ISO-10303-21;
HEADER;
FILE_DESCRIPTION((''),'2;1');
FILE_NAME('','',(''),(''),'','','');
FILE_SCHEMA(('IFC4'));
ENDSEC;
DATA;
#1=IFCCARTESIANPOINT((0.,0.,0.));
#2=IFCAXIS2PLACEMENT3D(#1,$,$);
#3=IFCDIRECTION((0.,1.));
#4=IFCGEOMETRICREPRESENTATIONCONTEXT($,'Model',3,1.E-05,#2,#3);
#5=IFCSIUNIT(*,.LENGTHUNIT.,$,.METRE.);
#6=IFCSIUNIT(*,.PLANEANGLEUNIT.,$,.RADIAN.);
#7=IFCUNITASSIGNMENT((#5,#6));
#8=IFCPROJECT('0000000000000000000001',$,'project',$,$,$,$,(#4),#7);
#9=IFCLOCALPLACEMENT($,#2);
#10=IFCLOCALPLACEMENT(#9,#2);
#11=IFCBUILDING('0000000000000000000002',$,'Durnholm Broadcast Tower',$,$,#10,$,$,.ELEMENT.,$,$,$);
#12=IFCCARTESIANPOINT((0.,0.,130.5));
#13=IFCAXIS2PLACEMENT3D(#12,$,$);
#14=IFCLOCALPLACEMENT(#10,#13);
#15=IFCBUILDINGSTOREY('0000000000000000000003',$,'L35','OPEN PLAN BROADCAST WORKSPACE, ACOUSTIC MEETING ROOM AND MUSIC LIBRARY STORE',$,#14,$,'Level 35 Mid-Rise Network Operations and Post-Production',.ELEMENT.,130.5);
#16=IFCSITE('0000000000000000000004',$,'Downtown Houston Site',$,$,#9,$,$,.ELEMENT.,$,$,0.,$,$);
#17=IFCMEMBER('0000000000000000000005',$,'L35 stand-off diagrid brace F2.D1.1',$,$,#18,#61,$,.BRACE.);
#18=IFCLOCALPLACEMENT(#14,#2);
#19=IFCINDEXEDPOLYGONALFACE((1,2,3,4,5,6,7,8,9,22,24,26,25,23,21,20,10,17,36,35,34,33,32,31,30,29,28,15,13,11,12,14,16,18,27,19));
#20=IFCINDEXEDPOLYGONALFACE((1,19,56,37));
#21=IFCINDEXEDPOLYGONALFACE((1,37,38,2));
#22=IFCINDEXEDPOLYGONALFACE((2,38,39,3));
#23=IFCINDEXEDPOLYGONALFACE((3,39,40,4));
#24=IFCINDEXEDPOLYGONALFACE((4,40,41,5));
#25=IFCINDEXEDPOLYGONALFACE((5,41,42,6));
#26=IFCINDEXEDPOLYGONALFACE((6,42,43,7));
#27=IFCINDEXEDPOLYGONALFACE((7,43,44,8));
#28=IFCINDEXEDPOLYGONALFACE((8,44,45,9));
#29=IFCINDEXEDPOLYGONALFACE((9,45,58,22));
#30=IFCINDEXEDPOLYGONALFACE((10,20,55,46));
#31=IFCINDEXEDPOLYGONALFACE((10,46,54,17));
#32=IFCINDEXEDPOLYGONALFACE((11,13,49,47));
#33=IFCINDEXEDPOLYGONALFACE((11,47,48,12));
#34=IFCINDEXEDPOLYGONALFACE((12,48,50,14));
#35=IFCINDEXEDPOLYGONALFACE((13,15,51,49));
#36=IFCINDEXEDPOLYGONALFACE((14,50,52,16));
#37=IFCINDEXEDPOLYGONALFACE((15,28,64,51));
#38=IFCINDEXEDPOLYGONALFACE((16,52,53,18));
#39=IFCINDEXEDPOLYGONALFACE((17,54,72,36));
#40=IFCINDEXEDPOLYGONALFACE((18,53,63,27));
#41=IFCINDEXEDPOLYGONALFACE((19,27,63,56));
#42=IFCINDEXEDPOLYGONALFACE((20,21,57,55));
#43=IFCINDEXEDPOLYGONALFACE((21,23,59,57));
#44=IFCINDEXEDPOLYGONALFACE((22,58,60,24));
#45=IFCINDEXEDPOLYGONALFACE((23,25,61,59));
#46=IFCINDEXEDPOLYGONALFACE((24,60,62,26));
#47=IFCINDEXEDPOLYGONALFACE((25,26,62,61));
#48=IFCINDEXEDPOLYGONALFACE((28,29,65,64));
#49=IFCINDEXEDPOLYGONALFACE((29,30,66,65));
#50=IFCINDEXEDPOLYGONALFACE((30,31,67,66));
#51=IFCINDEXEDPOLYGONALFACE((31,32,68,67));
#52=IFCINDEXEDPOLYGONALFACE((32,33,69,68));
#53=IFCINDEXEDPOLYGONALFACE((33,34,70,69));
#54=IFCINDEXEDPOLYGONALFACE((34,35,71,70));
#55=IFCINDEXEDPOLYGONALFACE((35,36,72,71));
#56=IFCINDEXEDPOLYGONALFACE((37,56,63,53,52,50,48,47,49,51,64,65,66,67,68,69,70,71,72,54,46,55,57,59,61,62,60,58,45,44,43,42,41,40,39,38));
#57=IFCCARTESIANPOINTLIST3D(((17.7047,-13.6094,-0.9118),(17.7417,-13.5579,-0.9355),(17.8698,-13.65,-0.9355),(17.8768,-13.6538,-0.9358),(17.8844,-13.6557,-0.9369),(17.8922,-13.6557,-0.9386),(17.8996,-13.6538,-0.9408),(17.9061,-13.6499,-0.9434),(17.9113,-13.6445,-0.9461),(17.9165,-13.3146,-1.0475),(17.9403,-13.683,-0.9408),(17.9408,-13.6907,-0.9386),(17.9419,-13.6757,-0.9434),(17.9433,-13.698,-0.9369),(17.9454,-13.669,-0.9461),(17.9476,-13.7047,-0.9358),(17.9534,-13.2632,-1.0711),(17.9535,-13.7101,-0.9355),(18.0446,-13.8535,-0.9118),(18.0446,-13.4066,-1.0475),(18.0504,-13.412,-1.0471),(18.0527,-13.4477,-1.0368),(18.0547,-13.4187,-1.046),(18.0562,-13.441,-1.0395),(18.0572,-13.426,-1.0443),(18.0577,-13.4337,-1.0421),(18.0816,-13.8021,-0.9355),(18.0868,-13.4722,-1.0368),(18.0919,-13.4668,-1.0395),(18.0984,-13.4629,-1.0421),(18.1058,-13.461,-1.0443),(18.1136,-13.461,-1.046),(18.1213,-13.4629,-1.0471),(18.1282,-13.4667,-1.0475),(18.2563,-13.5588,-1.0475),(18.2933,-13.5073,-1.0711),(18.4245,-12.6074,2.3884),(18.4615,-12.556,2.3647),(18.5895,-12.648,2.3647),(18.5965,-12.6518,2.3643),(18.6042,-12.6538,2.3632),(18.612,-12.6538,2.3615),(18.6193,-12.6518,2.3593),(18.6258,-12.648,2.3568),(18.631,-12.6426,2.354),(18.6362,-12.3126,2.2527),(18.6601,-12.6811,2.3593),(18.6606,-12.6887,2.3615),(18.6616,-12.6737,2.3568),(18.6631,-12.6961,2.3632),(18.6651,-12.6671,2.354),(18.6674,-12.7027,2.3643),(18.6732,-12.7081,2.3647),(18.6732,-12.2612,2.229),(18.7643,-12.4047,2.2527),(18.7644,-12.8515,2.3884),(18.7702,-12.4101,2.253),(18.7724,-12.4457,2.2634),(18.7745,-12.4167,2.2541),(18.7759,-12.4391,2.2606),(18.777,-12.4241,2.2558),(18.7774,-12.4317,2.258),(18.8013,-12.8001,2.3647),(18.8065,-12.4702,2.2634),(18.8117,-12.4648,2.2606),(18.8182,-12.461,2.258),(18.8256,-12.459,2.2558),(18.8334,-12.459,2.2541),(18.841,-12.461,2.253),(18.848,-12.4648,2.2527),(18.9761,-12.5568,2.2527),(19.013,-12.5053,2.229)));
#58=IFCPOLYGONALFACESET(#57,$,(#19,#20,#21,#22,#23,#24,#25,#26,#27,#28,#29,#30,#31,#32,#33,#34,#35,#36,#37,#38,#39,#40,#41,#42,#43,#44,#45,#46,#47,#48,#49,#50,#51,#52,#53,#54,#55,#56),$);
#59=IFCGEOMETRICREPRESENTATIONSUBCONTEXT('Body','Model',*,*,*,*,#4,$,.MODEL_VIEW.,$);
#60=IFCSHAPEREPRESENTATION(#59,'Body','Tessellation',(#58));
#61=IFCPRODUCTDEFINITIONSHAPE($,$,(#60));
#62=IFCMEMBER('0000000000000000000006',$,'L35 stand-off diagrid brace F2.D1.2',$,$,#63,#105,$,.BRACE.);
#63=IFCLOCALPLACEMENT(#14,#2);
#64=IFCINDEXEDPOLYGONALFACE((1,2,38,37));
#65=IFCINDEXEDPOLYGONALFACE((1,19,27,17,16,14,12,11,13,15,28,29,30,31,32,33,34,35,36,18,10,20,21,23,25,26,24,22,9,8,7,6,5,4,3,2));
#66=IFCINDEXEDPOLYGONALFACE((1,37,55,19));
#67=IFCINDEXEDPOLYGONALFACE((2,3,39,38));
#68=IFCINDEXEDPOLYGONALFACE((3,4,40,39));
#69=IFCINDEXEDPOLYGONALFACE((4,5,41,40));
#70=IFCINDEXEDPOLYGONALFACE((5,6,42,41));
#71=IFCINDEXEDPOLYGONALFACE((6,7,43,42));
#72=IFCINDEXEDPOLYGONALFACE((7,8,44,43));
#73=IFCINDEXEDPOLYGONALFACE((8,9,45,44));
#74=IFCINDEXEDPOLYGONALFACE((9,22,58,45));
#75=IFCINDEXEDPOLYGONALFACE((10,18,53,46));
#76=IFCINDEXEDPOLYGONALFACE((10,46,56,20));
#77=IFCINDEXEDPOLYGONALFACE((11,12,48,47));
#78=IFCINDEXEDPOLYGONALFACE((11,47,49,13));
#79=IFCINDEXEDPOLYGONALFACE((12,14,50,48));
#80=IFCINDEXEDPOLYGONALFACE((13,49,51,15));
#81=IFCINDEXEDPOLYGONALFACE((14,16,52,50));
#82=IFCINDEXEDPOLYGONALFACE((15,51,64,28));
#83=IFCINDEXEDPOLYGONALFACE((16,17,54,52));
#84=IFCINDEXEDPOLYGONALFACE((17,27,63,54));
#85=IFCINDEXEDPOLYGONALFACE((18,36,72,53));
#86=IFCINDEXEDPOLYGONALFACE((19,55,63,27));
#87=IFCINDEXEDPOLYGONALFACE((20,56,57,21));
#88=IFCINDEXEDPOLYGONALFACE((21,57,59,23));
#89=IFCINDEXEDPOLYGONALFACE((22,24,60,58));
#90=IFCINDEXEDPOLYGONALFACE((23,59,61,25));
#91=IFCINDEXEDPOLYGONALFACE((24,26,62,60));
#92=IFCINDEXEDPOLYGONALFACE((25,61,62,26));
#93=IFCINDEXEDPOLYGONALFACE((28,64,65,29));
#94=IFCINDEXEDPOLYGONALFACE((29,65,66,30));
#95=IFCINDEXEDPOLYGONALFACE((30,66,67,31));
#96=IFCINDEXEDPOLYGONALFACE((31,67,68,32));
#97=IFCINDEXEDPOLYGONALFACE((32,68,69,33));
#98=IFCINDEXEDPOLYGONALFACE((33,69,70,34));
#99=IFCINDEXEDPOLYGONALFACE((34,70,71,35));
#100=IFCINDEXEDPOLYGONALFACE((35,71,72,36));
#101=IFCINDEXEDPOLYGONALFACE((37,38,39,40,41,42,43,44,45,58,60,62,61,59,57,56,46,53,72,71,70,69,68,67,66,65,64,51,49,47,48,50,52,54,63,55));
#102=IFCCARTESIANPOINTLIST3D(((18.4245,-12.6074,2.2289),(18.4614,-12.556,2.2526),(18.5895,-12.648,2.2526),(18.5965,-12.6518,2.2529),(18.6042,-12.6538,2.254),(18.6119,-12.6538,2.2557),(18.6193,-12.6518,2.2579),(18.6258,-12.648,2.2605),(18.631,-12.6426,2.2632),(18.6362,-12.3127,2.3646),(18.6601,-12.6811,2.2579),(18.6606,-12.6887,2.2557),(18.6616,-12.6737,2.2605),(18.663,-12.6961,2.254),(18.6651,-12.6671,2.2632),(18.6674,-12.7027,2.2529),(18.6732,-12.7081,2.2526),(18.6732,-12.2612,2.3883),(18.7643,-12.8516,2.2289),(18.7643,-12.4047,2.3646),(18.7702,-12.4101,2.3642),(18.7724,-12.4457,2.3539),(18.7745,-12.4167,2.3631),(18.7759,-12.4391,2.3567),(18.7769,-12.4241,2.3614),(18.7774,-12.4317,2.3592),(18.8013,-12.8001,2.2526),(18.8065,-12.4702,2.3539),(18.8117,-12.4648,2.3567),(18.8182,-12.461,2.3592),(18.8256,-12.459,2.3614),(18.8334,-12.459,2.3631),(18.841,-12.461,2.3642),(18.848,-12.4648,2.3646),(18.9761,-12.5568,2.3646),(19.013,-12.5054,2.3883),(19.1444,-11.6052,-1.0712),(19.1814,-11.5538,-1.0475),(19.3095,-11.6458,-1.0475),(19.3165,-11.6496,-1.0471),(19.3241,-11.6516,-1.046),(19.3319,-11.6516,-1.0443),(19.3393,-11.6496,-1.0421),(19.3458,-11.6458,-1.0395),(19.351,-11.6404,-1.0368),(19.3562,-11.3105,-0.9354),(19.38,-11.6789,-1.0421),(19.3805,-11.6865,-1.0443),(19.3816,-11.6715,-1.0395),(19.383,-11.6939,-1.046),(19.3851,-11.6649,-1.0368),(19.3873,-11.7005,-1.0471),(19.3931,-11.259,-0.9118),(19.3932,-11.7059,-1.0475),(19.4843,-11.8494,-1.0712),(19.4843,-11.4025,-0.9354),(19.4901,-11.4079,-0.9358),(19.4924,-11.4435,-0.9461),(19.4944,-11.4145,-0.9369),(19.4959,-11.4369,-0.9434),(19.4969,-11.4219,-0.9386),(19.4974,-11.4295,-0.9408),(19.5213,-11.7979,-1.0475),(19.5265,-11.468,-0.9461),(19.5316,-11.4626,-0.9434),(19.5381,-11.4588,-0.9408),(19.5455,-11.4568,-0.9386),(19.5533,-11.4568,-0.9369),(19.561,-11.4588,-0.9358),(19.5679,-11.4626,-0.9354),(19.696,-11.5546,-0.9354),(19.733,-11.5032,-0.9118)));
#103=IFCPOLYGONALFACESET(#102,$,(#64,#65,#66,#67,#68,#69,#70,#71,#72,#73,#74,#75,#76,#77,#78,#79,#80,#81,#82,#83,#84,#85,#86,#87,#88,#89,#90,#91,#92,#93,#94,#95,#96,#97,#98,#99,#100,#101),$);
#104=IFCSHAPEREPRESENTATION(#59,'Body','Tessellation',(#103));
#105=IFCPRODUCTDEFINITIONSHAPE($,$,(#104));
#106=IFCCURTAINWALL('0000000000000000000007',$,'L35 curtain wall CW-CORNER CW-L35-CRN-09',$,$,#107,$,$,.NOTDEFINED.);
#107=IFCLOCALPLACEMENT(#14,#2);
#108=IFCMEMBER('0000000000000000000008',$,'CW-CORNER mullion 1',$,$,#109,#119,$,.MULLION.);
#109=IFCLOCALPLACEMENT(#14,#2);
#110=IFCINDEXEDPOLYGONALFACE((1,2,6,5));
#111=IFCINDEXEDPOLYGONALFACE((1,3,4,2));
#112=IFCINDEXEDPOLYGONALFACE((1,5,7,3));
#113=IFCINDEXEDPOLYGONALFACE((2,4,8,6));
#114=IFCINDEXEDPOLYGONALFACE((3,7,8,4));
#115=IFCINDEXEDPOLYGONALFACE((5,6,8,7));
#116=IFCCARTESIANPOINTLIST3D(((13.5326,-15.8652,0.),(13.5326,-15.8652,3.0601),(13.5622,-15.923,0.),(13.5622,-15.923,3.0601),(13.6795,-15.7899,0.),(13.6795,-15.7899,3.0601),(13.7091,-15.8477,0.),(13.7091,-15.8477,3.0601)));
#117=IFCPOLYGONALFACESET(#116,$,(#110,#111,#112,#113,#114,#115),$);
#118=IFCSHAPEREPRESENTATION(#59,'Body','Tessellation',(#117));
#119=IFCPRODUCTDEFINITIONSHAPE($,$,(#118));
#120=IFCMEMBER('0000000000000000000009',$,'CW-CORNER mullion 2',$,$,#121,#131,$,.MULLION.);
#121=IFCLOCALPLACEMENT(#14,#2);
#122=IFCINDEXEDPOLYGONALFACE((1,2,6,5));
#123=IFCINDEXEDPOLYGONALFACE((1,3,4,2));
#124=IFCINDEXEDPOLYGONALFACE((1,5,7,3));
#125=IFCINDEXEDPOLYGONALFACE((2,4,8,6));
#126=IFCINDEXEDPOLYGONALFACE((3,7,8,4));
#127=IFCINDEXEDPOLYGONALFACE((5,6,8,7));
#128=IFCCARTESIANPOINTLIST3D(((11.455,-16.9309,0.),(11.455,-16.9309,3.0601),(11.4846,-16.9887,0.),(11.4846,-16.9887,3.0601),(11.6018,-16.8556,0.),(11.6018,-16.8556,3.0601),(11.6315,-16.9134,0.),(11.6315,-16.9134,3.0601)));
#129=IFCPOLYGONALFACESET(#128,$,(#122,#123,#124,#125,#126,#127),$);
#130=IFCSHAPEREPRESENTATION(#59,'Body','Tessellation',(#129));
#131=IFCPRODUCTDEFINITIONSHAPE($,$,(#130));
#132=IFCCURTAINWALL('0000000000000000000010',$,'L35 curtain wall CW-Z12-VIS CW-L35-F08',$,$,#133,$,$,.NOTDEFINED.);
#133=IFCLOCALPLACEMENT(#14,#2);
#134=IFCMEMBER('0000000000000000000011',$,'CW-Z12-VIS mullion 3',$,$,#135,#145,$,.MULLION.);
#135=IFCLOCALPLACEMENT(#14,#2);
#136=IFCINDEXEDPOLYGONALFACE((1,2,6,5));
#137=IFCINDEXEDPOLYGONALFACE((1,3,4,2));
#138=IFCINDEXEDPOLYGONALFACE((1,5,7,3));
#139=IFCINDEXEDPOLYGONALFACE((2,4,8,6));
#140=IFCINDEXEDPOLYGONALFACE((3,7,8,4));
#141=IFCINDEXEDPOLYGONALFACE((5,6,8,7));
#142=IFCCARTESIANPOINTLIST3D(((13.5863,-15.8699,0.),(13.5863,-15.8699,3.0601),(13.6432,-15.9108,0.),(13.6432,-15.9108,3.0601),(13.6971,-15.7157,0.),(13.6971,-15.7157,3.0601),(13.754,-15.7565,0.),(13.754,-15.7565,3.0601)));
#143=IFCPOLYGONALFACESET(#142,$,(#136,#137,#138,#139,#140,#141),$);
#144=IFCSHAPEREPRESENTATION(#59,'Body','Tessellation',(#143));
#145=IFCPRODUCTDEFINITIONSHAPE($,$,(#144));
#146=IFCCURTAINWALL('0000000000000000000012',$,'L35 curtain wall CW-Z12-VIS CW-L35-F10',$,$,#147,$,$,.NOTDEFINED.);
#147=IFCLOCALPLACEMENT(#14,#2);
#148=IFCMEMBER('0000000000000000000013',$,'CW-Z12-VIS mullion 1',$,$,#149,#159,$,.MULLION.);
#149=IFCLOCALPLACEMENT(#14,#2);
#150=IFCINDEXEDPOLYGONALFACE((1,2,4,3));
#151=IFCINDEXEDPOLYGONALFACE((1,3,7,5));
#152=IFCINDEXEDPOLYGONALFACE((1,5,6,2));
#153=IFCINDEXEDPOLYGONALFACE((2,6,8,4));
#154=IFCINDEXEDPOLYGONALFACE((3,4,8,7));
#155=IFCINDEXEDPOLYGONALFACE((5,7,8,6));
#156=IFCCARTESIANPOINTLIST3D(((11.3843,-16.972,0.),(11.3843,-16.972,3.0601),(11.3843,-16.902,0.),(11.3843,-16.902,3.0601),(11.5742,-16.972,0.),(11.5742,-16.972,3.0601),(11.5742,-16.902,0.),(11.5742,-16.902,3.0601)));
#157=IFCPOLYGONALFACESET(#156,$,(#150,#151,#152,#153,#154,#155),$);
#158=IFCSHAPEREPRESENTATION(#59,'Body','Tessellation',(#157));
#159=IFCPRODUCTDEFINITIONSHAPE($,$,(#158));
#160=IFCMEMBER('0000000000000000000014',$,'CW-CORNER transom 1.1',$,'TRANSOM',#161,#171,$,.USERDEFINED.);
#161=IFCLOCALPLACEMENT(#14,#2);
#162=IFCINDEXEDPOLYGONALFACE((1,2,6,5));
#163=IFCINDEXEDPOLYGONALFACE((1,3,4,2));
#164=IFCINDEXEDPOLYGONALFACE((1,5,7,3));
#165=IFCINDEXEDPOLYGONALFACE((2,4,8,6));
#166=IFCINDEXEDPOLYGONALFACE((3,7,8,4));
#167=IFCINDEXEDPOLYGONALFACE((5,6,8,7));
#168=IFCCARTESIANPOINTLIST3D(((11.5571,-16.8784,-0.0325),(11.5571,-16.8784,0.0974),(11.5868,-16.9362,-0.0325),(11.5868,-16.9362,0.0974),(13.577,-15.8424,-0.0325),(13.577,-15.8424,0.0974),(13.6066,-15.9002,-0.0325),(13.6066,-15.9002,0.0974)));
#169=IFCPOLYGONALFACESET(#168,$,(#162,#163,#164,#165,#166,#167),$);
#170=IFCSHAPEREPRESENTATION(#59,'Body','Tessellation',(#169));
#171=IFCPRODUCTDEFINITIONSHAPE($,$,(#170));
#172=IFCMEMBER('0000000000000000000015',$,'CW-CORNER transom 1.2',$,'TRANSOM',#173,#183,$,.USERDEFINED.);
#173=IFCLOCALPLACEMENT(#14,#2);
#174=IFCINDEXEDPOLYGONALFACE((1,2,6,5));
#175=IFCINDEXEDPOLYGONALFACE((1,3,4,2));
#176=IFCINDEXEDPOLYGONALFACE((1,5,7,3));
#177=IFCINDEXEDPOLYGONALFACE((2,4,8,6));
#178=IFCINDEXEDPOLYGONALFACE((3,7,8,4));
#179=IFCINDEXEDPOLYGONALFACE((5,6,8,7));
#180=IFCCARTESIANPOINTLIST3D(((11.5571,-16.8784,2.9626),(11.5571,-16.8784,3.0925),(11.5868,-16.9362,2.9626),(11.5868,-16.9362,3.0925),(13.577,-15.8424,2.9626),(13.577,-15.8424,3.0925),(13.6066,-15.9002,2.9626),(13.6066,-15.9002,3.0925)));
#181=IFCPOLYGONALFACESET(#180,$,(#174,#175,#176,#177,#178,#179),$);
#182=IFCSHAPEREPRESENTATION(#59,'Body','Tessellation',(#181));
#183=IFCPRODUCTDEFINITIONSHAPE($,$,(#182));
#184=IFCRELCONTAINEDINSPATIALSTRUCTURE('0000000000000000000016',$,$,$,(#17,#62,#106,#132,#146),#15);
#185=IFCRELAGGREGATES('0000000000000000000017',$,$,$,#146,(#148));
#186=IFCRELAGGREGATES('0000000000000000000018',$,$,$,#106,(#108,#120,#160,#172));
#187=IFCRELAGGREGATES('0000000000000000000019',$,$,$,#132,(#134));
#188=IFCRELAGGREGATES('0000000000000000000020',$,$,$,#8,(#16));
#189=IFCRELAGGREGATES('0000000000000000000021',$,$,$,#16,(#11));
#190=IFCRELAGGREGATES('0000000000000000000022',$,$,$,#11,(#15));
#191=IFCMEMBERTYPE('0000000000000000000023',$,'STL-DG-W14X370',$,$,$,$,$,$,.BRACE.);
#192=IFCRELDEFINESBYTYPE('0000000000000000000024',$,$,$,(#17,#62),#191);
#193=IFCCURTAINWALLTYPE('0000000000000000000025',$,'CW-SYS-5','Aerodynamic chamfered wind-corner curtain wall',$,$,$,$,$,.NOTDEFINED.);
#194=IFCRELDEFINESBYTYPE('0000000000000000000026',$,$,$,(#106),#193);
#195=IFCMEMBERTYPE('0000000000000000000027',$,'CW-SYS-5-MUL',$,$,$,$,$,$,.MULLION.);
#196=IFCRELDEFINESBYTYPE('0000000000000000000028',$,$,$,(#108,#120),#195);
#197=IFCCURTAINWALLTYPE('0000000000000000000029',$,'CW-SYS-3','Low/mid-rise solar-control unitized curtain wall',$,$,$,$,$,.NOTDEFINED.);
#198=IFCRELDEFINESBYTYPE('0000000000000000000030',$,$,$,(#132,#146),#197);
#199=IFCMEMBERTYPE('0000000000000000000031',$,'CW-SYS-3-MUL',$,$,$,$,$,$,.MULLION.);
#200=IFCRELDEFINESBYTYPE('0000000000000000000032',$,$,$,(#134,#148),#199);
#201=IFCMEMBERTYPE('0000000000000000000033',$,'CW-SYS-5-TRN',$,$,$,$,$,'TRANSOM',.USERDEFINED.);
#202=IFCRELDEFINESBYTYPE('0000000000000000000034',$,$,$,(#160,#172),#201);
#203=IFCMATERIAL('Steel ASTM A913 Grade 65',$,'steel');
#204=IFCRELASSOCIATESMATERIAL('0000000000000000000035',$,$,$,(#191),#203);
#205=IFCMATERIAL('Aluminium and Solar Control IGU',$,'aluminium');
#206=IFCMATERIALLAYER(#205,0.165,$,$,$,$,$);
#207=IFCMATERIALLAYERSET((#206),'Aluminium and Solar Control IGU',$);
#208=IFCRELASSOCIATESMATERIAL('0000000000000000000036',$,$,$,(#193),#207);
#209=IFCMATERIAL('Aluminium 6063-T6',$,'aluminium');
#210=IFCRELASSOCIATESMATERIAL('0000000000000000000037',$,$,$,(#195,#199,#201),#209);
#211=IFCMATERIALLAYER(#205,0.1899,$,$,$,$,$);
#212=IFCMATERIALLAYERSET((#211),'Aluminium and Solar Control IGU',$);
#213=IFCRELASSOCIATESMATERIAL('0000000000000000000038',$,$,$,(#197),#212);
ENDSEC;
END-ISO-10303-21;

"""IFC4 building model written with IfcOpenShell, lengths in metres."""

from ifc_helpers import new_model, si_unit, direction, frame, origin, origin_2d, place, context, subcontext, project, spatial, rectangle, i_section, extrude, source, transform, mapped, material, layer, layer_set, material_profile, profile_set, type_object, type_shapes, element, aggregate, save


model = new_model("IFC4")

# Units and contexts
model_context = context("Model", 3, precision=1e-05, world=origin(), true_north=direction((0.0, 1.0)))
body_context = subcontext(model_context, "Body", "Model", "MODEL_VIEW")
ifc_project = project(units=[si_unit("LENGTHUNIT", "METRE"), si_unit("PLANEANGLEUNIT", "RADIAN")], contexts=[model_context])

# Site, building, storey
site_placement = place(None, origin())
site = spatial("IfcSite", under=ifc_project, at=site_placement, Name="Downtown Houston Site", CompositionType="ELEMENT", RefElevation=0.0)
building_placement = place(site_placement, origin())
building = spatial("IfcBuilding", under=site, at=building_placement, Name="Durnholm Broadcast Tower", CompositionType="ELEMENT")
storey_placement = place(building_placement, frame((0.0, 0.0, 130.5)))
storey = spatial("IfcBuildingStorey", under=building, at=storey_placement, Name="L35", Description="OPEN PLAN BROADCAST WORKSPACE, ACOUSTIC MEETING ROOM AND MUSIC LIBRARY STORE", LongName="Level 35 Mid-Rise Network Operations and Post-Production", CompositionType="ELEMENT", Elevation=130.5)

# Members
ifc_material_1 = material(Name="Steel ASTM A913 Grade 65", Category="steel")
ifc_material_profile_1 = material_profile(ifc_material_1, i_section(OverallWidth=0.4185, OverallDepth=0.4551, WebThickness=0.042, FlangeThickness=0.0676, FilletRadius=0.0305, at=origin_2d()), Name="W14X370")
ifc_profile_set_1 = profile_set([ifc_material_profile_1], Name="Steel ASTM A913 Grade 65")
member_type_1 = type_object("IfcMemberType", Name="STL-DG-W14X370", PredefinedType="BRACE", material=ifc_profile_set_1)
shared_shape_1 = source(origin(), body_context, "Body", "SweptSolid", [
    extrude(i_section(OverallWidth=0.4185, OverallDepth=0.4551, WebThickness=0.042, FlangeThickness=0.0676, FilletRadius=0.0305, at=origin_2d()), origin(), (0.0, 0.0, 1.0), 3.5232),
])
type_shapes(member_type_1, [shared_shape_1])
for number, where, z_axis, x_axis, name in (
    (1, (17.999, -13.5583, -0.9915), (0.204288, 0.284395, 0.936689), (-0.812179, 0.583408, 0.0), "L35 stand-off diagrid brace F2.D1.1"),
    (2, (19.4387, -11.5542, -0.9915), (-0.20435, -0.284455, 0.936657), (0.812153, -0.583444, 0.0), "L35 stand-off diagrid brace F2.D1.2"),
):
    element("IfcMember", number, at=place(storey_placement, frame(where, z_axis=z_axis, x_axis=x_axis)), inside=storey, type_object=member_type_1, Name=name, PredefinedType="BRACE", context=body_context, shape_type="MappedRepresentation", body=[
        mapped(shared_shape_1, transform((0.0, 0.0, 0.0), x_axis=(1.0, 0.0, 0.0), y_axis=(0.0, 1.0, 0.0), z_axis=(0.0, 0.0, 1.0), scale=1.0)),
    ])

# Curtain wall, members
ifc_material_2 = material(Name="Aluminium and Solar Control IGU", Category="aluminium")
ifc_layer_1 = layer(ifc_material_2, 0.165)
ifc_layer_set_1 = layer_set([ifc_layer_1], Name="Aluminium and Solar Control IGU")
curtain_wall_type_1 = type_object("IfcCurtainWallType", Name="CW-SYS-5", Description="Aerodynamic chamfered wind-corner curtain wall", PredefinedType="NOTDEFINED", material=ifc_layer_set_1)
curtain_wall_1_placement = place(storey_placement, origin())
curtain_wall_1 = element("IfcCurtainWall", 3, at=curtain_wall_1_placement, inside=storey, type_object=curtain_wall_type_1, Name="L35 curtain wall CW-CORNER CW-L35-CRN-09", PredefinedType="NOTDEFINED")
ifc_material_3 = material(Name="Aluminium 6063-T6", Category="aluminium")
ifc_material_profile_2 = material_profile(ifc_material_3, rectangle(XDim=0.0649, YDim=0.165, at=origin_2d()), Name="CWM65X165")
ifc_profile_set_2 = profile_set([ifc_material_profile_2], Name="Aluminium 6063-T6")
member_type_2 = type_object("IfcMemberType", Name="CW-SYS-5-MUL", PredefinedType="MULLION", material=ifc_profile_set_2)
shared_shape_2 = source(origin(), body_context, "Body", "SweptSolid", [
    extrude(rectangle(XDim=0.0649, YDim=0.165, at=origin_2d()), origin(), (0.0, 0.0, 1.0), 3.0601),
])
type_shapes(member_type_2, [shared_shape_2])
member_1_placement = place(storey_placement, frame((13.6208, -15.8564, 0.0), z_axis=(0.0, 0.0, 1.0), x_axis=(0.456373, -0.889788, 0.0)))
member_1 = element("IfcMember", 4, at=member_1_placement, type_object=member_type_2, Name="CW-CORNER mullion 1", PredefinedType="MULLION", context=body_context, shape_type="MappedRepresentation", body=[
    mapped(shared_shape_2, transform((0.0, 0.0, 0.0), x_axis=(1.0, 0.0, 0.0), y_axis=(0.0, 1.0, 0.0), z_axis=(0.0, 0.0, 1.0), scale=1.0)),
])
member_2_placement = place(storey_placement, frame((11.5432, -16.9221, 0.0), z_axis=(0.0, 0.0, 1.0), x_axis=(0.456373, -0.889788, 0.0)))
member_2 = element("IfcMember", 5, at=member_2_placement, type_object=member_type_2, Name="CW-CORNER mullion 2", PredefinedType="MULLION", context=body_context, shape_type="MappedRepresentation", body=[
    mapped(shared_shape_2, transform((0.0, 0.0, 0.0), x_axis=(1.0, 0.0, 0.0), y_axis=(0.0, 1.0, 0.0), z_axis=(0.0, 0.0, 1.0), scale=1.0)),
])

# Curtain walls, members
ifc_layer_2 = layer(ifc_material_2, 0.1899)
ifc_layer_set_2 = layer_set([ifc_layer_2], Name="Aluminium and Solar Control IGU")
curtain_wall_type_2 = type_object("IfcCurtainWallType", Name="CW-SYS-3", Description="Low/mid-rise solar-control unitized curtain wall", PredefinedType="NOTDEFINED", material=ifc_layer_set_2)
curtain_wall_2_placement = place(storey_placement, origin())
curtain_wall_2 = element("IfcCurtainWall", 6, at=curtain_wall_2_placement, inside=storey, type_object=curtain_wall_type_2, Name="L35 curtain wall CW-Z12-VIS CW-L35-F08", PredefinedType="NOTDEFINED")
ifc_material_profile_3 = material_profile(ifc_material_3, rectangle(XDim=0.0701, YDim=0.1899, at=origin_2d()), Name="CWM70X190")
ifc_profile_set_3 = profile_set([ifc_material_profile_3], Name="Aluminium 6063-T6")
member_type_3 = type_object("IfcMemberType", Name="CW-SYS-3-MUL", PredefinedType="MULLION", material=ifc_profile_set_3)
shared_shape_3 = source(origin(), body_context, "Body", "SweptSolid", [
    extrude(rectangle(XDim=0.0701, YDim=0.1899, at=origin_2d()), origin(), (0.0, 0.0, 1.0), 3.0601),
])
type_shapes(member_type_3, [shared_shape_3])
member_3_placement = place(storey_placement, frame((13.6702, -15.8132, 0.0), z_axis=(0.0, 0.0, 1.0), x_axis=(0.812152, -0.583445, 0.0)))
member_3 = element("IfcMember", 7, at=member_3_placement, type_object=member_type_3, Name="CW-Z12-VIS mullion 3", PredefinedType="MULLION", context=body_context, shape_type="MappedRepresentation", body=[
    mapped(shared_shape_3, transform((0.0, 0.0, 0.0), x_axis=(1.0, 0.0, 0.0), y_axis=(0.0, 1.0, 0.0), z_axis=(0.0, 0.0, 1.0), scale=1.0)),
])
curtain_wall_3_placement = place(storey_placement, origin())
curtain_wall_3 = element("IfcCurtainWall", 8, at=curtain_wall_3_placement, inside=storey, type_object=curtain_wall_type_2, Name="L35 curtain wall CW-Z12-VIS CW-L35-F10", PredefinedType="NOTDEFINED")
member_4_placement = place(storey_placement, frame((11.4792, -16.937, 0.0), z_axis=(0.0, 0.0, 1.0), x_axis=(0.0, -1.0, 0.0)))
member_4 = element("IfcMember", 9, at=member_4_placement, type_object=member_type_3, Name="CW-Z12-VIS mullion 1", PredefinedType="MULLION", context=body_context, shape_type="MappedRepresentation", body=[
    mapped(shared_shape_3, transform((0.0, 0.0, 0.0), x_axis=(1.0, 0.0, 0.0), y_axis=(0.0, 1.0, 0.0), z_axis=(0.0, 0.0, 1.0), scale=1.0)),
])

# Members
ifc_material_profile_4 = material_profile(ifc_material_3, rectangle(XDim=0.0649, YDim=0.1299, at=origin_2d()), Name="CWT65X130")
ifc_profile_set_4 = profile_set([ifc_material_profile_4], Name="Aluminium 6063-T6")
member_type_4 = type_object("IfcMemberType", Name="CW-SYS-5-TRN", ElementType="TRANSOM", PredefinedType="USERDEFINED", material=ifc_profile_set_4)
shared_shape_4 = source(origin(), body_context, "Body", "SweptSolid", [
    extrude(rectangle(XDim=0.0649, YDim=0.1299, at=origin_2d()), origin(), (0.0, 0.0, 1.0), 2.27),
])
type_shapes(member_type_4, [shared_shape_4])
member_5_placement = place(storey_placement, frame((13.5918, -15.8713, 0.0325), z_axis=(-0.889798, -0.456354, 0.0), x_axis=(0.456354, -0.889798, 0.0)))
member_5 = element("IfcMember", 10, at=member_5_placement, type_object=member_type_4, Name="CW-CORNER transom 1.1", ObjectType="TRANSOM", PredefinedType="USERDEFINED", context=body_context, shape_type="MappedRepresentation", body=[
    mapped(shared_shape_4, transform((0.0, 0.0, 0.0), x_axis=(1.0, 0.0, 0.0), y_axis=(0.0, 1.0, 0.0), z_axis=(0.0, 0.0, 1.0), scale=1.0)),
])
member_6_placement = place(storey_placement, frame((13.5918, -15.8713, 3.0276), z_axis=(-0.889798, -0.456354, 0.0), x_axis=(0.456354, -0.889798, 0.0)))
member_6 = element("IfcMember", 11, at=member_6_placement, type_object=member_type_4, Name="CW-CORNER transom 1.2", ObjectType="TRANSOM", PredefinedType="USERDEFINED", context=body_context, shape_type="MappedRepresentation", body=[
    mapped(shared_shape_4, transform((0.0, 0.0, 0.0), x_axis=(1.0, 0.0, 0.0), y_axis=(0.0, 1.0, 0.0), z_axis=(0.0, 0.0, 1.0), scale=1.0)),
])
aggregate(curtain_wall_3, [member_4])

aggregate(curtain_wall_1, [member_1, member_2, member_5, member_6])
aggregate(curtain_wall_2, [member_3])

save(model, "model.ifc")
